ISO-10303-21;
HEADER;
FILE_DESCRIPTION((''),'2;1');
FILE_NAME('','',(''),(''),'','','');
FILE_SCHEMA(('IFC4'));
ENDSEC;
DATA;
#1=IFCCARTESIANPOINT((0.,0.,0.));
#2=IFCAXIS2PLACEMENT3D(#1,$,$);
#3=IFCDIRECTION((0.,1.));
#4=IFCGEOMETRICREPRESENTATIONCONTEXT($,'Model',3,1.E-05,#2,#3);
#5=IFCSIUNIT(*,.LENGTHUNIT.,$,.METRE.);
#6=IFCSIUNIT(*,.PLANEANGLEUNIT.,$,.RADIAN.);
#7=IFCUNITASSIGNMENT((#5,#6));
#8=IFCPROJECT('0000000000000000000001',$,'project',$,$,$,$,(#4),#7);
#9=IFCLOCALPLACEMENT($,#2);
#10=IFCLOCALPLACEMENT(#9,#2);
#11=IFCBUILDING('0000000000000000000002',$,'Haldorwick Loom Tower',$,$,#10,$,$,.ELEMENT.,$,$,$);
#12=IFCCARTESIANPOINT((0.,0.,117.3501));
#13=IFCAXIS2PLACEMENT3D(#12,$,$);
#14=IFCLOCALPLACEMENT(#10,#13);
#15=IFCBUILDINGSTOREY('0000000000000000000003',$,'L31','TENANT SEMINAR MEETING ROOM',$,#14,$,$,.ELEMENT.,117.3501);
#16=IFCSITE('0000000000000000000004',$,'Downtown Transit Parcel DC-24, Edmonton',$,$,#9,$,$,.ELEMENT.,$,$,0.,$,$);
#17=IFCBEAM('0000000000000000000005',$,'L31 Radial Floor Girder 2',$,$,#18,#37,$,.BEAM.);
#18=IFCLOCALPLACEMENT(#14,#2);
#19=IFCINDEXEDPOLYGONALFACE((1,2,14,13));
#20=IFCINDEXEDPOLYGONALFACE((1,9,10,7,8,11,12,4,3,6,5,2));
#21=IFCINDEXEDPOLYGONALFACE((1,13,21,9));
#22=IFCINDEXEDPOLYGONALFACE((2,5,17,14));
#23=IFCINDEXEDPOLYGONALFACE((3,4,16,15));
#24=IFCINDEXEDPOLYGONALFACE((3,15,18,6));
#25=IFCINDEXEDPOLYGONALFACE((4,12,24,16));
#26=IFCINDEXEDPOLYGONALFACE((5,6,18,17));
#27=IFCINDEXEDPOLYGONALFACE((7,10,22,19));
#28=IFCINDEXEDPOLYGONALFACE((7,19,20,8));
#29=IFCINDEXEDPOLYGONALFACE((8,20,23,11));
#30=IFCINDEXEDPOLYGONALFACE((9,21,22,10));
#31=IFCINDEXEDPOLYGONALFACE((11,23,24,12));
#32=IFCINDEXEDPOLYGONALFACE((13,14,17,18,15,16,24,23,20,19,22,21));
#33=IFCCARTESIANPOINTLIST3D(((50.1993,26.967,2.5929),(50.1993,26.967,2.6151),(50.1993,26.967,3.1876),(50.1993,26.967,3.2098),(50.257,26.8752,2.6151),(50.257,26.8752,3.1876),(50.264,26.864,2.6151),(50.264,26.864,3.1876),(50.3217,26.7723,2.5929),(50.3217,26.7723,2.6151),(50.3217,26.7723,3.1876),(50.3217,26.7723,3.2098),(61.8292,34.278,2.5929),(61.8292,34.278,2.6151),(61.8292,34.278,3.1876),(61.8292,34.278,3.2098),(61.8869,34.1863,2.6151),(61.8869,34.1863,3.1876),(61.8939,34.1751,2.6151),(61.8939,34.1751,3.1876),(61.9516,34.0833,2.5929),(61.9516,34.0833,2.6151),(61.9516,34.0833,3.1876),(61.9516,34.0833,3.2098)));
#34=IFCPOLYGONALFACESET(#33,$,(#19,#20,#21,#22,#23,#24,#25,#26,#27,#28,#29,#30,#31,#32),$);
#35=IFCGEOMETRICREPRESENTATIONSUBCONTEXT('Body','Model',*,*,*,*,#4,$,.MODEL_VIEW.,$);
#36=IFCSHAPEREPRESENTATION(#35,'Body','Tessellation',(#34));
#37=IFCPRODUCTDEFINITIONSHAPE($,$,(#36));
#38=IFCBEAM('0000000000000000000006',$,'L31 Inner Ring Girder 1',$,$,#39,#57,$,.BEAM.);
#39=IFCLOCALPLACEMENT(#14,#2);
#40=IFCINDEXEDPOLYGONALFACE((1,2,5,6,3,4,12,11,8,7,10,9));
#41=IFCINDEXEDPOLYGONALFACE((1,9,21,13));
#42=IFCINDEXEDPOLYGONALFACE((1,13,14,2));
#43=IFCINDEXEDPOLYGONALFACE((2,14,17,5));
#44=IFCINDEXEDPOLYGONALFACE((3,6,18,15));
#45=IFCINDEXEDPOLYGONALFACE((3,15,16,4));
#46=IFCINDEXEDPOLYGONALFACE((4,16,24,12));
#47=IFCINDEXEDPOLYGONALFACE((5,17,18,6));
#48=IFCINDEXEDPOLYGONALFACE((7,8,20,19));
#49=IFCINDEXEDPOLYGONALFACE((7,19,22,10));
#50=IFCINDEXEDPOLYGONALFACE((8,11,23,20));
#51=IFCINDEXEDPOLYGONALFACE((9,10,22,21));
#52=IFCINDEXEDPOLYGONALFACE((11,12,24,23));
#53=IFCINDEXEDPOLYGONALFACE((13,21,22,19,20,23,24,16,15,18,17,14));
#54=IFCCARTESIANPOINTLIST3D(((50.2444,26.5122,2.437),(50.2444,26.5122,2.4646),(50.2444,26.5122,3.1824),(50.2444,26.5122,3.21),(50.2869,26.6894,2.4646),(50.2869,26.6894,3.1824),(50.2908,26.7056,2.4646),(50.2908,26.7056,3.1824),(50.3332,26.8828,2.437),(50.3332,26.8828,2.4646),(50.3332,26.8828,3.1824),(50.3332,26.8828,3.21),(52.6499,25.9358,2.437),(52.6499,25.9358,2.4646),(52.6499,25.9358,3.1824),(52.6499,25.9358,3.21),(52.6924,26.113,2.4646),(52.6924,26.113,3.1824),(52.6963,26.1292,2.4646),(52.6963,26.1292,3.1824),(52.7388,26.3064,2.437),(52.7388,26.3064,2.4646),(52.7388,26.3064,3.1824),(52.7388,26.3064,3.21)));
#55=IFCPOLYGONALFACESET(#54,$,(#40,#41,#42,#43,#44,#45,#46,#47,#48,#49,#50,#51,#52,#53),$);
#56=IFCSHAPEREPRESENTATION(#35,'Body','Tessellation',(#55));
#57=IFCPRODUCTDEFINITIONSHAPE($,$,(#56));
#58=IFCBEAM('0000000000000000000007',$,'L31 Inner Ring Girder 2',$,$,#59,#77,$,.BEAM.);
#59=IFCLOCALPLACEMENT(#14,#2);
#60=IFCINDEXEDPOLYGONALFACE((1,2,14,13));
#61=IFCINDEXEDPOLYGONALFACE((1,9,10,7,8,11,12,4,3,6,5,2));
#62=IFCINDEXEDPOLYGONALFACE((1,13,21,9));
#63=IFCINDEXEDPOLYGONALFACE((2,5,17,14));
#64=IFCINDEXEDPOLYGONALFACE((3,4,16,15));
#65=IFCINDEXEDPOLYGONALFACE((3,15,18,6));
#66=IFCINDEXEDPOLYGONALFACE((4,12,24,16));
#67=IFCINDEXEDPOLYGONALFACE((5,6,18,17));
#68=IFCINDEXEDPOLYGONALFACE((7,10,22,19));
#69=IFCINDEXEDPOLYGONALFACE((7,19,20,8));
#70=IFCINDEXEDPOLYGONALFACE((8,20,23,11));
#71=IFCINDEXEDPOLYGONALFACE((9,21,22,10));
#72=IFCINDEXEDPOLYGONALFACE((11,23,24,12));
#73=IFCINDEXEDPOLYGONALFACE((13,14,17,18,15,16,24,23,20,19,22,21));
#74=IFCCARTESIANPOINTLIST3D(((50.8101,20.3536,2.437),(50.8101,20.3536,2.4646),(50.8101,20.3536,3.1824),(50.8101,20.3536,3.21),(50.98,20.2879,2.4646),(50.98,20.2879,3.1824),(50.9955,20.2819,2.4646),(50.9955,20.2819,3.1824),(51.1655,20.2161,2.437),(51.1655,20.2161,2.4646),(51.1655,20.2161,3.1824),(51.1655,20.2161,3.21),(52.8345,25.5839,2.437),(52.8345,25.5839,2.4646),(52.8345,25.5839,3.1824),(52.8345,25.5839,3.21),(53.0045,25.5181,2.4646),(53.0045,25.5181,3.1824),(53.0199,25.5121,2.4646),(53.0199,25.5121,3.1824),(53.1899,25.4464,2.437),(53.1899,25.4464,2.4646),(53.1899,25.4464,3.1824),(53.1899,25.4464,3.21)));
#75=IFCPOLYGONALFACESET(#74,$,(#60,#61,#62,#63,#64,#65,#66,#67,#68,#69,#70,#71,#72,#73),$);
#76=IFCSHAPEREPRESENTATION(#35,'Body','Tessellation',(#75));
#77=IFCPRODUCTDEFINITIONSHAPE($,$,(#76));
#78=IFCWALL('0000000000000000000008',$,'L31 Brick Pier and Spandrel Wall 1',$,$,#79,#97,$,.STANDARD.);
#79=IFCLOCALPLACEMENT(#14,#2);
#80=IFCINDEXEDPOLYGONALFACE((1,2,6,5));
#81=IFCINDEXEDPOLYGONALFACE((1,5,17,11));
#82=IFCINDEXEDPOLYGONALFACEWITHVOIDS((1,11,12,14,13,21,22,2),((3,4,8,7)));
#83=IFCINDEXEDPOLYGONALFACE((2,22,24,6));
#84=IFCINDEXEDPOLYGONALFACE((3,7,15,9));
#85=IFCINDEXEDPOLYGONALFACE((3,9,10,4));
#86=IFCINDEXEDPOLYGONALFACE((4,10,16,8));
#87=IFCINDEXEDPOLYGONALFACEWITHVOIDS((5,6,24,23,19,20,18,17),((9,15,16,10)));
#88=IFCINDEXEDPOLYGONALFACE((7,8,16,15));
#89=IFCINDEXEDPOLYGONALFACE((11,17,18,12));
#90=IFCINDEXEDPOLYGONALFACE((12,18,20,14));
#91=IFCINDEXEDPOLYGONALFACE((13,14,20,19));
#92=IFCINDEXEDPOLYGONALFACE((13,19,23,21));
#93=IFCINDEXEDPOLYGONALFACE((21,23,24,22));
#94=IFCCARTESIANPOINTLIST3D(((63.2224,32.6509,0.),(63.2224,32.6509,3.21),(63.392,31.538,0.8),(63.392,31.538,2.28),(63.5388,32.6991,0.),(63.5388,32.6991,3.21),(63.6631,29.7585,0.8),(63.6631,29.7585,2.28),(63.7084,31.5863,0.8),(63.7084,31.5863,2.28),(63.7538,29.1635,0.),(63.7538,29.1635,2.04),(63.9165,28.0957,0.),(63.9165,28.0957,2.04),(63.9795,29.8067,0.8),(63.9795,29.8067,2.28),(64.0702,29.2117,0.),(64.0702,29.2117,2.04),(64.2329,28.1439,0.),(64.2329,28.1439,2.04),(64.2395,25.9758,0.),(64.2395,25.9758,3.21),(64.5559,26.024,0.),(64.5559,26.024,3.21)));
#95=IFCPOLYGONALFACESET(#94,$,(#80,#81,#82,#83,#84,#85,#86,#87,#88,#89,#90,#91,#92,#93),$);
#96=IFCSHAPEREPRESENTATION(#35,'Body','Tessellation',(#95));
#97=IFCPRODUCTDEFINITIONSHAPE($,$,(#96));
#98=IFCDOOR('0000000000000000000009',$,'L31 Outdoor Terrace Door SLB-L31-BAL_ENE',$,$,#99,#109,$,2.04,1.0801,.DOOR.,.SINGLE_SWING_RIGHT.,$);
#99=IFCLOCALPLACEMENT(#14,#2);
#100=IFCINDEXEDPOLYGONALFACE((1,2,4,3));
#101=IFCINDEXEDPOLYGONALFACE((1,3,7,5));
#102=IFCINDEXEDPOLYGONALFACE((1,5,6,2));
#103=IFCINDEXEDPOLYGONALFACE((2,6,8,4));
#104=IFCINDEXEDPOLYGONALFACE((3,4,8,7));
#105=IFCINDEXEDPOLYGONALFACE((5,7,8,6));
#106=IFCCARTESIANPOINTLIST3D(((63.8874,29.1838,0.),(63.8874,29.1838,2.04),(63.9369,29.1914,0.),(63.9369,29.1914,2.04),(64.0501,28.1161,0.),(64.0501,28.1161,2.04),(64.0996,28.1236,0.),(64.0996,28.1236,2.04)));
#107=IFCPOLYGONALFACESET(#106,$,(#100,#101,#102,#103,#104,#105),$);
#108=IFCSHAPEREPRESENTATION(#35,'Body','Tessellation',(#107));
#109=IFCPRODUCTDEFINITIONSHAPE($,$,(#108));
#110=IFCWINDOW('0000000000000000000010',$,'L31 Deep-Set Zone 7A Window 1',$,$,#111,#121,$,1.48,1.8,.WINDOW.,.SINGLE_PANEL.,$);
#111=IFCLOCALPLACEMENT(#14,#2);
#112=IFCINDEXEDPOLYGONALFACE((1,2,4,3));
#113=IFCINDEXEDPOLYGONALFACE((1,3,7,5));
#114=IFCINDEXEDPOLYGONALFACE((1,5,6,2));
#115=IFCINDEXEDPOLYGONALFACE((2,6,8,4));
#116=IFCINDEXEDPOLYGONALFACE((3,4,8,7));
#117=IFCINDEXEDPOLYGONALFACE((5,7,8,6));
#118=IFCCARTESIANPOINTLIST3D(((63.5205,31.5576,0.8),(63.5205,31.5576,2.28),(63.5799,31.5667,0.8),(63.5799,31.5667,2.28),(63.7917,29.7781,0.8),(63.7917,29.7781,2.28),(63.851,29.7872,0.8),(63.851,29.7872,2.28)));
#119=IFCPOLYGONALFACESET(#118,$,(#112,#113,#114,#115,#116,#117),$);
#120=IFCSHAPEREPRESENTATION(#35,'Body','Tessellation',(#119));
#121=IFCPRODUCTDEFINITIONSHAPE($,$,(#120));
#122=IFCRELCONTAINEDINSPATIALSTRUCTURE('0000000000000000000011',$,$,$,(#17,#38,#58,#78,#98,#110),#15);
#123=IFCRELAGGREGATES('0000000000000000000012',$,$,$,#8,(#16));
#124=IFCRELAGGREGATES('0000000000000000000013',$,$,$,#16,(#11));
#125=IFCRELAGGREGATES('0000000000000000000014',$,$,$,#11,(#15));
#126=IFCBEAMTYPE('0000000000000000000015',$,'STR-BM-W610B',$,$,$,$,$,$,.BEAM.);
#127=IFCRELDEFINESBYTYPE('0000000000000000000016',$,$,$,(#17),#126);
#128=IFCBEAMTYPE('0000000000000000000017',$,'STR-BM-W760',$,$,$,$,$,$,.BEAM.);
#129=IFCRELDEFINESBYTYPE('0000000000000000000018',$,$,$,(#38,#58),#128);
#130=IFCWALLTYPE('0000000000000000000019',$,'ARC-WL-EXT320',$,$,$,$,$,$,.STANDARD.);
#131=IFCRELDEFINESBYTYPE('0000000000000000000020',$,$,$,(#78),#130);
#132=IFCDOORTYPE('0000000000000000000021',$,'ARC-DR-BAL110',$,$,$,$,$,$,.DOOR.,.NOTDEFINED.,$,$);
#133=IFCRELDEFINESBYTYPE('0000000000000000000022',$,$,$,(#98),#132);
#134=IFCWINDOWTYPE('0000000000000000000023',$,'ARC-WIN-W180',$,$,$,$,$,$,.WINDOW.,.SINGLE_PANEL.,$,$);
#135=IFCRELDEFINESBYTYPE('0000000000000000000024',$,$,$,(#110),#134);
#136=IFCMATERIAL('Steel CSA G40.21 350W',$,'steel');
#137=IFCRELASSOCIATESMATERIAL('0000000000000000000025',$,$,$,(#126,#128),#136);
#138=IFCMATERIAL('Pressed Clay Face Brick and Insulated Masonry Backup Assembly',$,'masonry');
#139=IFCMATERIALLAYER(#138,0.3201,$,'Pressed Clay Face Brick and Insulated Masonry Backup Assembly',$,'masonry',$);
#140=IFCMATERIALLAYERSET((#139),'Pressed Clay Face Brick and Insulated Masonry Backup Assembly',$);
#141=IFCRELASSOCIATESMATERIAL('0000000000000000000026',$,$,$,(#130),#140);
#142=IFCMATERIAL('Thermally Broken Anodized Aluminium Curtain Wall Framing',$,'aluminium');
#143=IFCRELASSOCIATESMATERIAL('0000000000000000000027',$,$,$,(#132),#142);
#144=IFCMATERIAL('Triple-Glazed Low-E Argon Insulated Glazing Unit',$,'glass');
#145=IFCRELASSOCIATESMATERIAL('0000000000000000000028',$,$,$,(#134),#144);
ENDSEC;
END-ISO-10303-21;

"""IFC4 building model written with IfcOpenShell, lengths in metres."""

from ifc_helpers import new_model, si_unit, direction, frame, frame_2d, origin, origin_2d, place, context, subcontext, project, spatial, rectangle, i_section, extrude, material, layer, layer_set, material_profile, profile_set, type_object, element, fill, save


model = new_model("IFC4")

# Units and contexts
model_context = context("Model", 3, precision=1e-05, world=origin(), true_north=direction((0.0, 1.0)))
body_context = subcontext(model_context, "Body", "Model", "MODEL_VIEW")
ifc_project = project(units=[si_unit("LENGTHUNIT", "METRE"), si_unit("PLANEANGLEUNIT", "RADIAN")], contexts=[model_context])

# Site, building, storey
site_placement = place(None, origin())
site = spatial("IfcSite", under=ifc_project, at=site_placement, Name="Downtown Transit Parcel DC-24, Edmonton", CompositionType="ELEMENT", RefElevation=0.0)
building_placement = place(site_placement, origin())
building = spatial("IfcBuilding", under=site, at=building_placement, Name="Haldorwick Loom Tower", CompositionType="ELEMENT")
storey_placement = place(building_placement, frame((0.0, 0.0, 117.3501)))
storey = spatial("IfcBuildingStorey", under=building, at=storey_placement, Name="L31", Description="TENANT SEMINAR MEETING ROOM", CompositionType="ELEMENT", Elevation=117.3501)

# Beams
ifc_material_1 = material(Name="Steel CSA G40.21 350W", Category="steel")
ifc_material_profile_1 = material_profile(ifc_material_1, i_section(OverallWidth=0.23, OverallDepth=0.6169, WebThickness=0.0132, FlangeThickness=0.0222, at=origin_2d()), Name="W610X140", Category="steel")
ifc_profile_set_1 = profile_set([ifc_material_profile_1], Name="Steel CSA G40.21 350W")
beam_type_1 = type_object("IfcBeamType", Name="STR-BM-W610B", PredefinedType="BEAM", material=ifc_profile_set_1)
beam_1_placement = place(storey_placement, frame((50.2605, 26.8696, 2.9014), z_axis=(0.84661, 0.532214, 0.0), x_axis=(-0.532214, 0.84661, 0.0)))
element("IfcBeam", 1, at=beam_1_placement, inside=storey, type_object=beam_type_1, Name="L31 Radial Floor Girder 2", PredefinedType="BEAM", context=body_context, shape_type="SweptSolid", body=[
    extrude(i_section(OverallWidth=0.23, OverallDepth=0.6169, WebThickness=0.0132, FlangeThickness=0.0222, at=origin_2d()), origin(), (0.0, 0.0, 1.0), 13.7371),
])
ifc_material_profile_2 = material_profile(ifc_material_1, i_section(OverallWidth=0.3811, OverallDepth=0.7729, WebThickness=0.0166, FlangeThickness=0.0276, at=origin_2d()), Name="W760X257", Category="steel")
ifc_profile_set_2 = profile_set([ifc_material_profile_2], Name="Steel CSA G40.21 350W")
beam_type_2 = type_object("IfcBeamType", Name="STR-BM-W760", PredefinedType="BEAM", material=ifc_profile_set_2)
beam_2_placement = place(storey_placement, frame((50.2888, 26.6975, 2.8235), z_axis=(0.972471, -0.233026, 0.0), x_axis=(0.233026, 0.972471, 0.0)))
element("IfcBeam", 2, at=beam_2_placement, inside=storey, type_object=beam_type_2, Name="L31 Inner Ring Girder 1", PredefinedType="BEAM", context=body_context, shape_type="SweptSolid", body=[
    extrude(i_section(OverallWidth=0.3811, OverallDepth=0.7729, WebThickness=0.0166, FlangeThickness=0.0276, at=origin_2d()), origin(), (0.0, 0.0, 1.0), 2.4736),
])
beam_3_placement = place(storey_placement, frame((53.0122, 25.5151, 2.8235), z_axis=(-0.360965, -0.932579, 0.0), x_axis=(0.932579, -0.360965, 0.0)))
element("IfcBeam", 3, at=beam_3_placement, inside=storey, type_object=beam_type_2, Name="L31 Inner Ring Girder 2", PredefinedType="BEAM", context=body_context, shape_type="SweptSolid", body=[
    extrude(i_section(OverallWidth=0.3811, OverallDepth=0.7729, WebThickness=0.0166, FlangeThickness=0.0276, at=origin_2d()), origin(), (0.0, 0.0, 1.0), 5.6084),
])

# Wall, openings, door, window
ifc_material_2 = material(Name="Pressed Clay Face Brick and Insulated Masonry Backup Assembly", Category="masonry")
ifc_layer_1 = layer(ifc_material_2, 0.3201, Name="Pressed Clay Face Brick and Insulated Masonry Backup Assembly", Category="masonry")
ifc_layer_set_1 = layer_set([ifc_layer_1], Name="Pressed Clay Face Brick and Insulated Masonry Backup Assembly")
wall_type_1 = type_object("IfcWallType", Name="ARC-WL-EXT320", PredefinedType="STANDARD", material=ifc_layer_set_1)
wall_1_placement = place(storey_placement, frame((64.3977, 26.0, 0.0), z_axis=(0.0, 0.0, 1.0), x_axis=(-0.150633, 0.98859, 0.0)))
wall_1 = element("IfcWall", 4, at=wall_1_placement, inside=storey, type_object=wall_type_1, Name="L31 Brick Pier and Spandrel Wall 1", PredefinedType="STANDARD", context=body_context, shape_type="SweptSolid", body=[
    extrude(rectangle(XDim=6.7522, YDim=0.3201, at=frame_2d((3.376, 0.0))), origin(), (0.0, 0.0, 1.0), 3.21),
])
opening_1_placement = place(wall_1_placement, frame((2.1443, 0.0, 0.0)))
opening_1 = element("IfcOpeningElement", 5, at=opening_1_placement, cuts=wall_1, PredefinedType="OPENING", context=body_context, shape_type="SweptSolid", body=[
    extrude(rectangle(XDim=1.0801, YDim=2.04, at=frame_2d((0.54, 1.02))), frame((0.0, 0.1699, 0.0), z_axis=(0.0, -1.0, 0.0), x_axis=(1.0, 0.0, 0.0)), (0.0, 0.0, 1.0), 0.3401),
])
opening_2_placement = place(wall_1_placement, frame((3.8264, 0.0, 0.8)))
opening_2 = element("IfcOpeningElement", 6, at=opening_2_placement, cuts=wall_1, PredefinedType="OPENING", context=body_context, shape_type="SweptSolid", body=[
    extrude(rectangle(XDim=1.8, YDim=1.48, at=frame_2d((0.8999, 0.74))), frame((0.0, 0.1699, 0.0), z_axis=(0.0, -1.0, 0.0), x_axis=(1.0, 0.0, 0.0)), (0.0, 0.0, 1.0), 0.3401),
])
ifc_material_3 = material(Name="Thermally Broken Anodized Aluminium Curtain Wall Framing", Category="aluminium")
door_type_1 = type_object("IfcDoorType", Name="ARC-DR-BAL110", OperationType="NOTDEFINED", PredefinedType="DOOR", material=ifc_material_3)
door_1_placement = place(opening_1_placement, origin())
door_1 = element("IfcDoor", 7, at=door_1_placement, inside=storey, type_object=door_type_1, Name="L31 Outdoor Terrace Door SLB-L31-BAL_ENE", OperationType="SINGLE_SWING_RIGHT", OverallHeight=2.04, OverallWidth=1.0801, PredefinedType="DOOR", context=body_context, shape_type="SweptSolid", body=[
    extrude(rectangle(XDim=1.0801, YDim=2.04, at=frame_2d((0.54, 1.02))), frame((0.0, 0.0249, 0.0), z_axis=(0.0, -1.0, 0.0), x_axis=(1.0, 0.0, 0.0)), (0.0, 0.0, 1.0), 0.05),
])
fill(opening_1, door_1)
ifc_material_4 = material(Name="Triple-Glazed Low-E Argon Insulated Glazing Unit", Category="glass")
window_type = type_object("IfcWindowType", Name="ARC-WIN-W180", PartitioningType="SINGLE_PANEL", PredefinedType="WINDOW", material=ifc_material_4)
window_placement = place(opening_2_placement, origin())
window = element("IfcWindow", 8, at=window_placement, inside=storey, type_object=window_type, Name="L31 Deep-Set Zone 7A Window 1", OverallHeight=1.48, OverallWidth=1.8, PartitioningType="SINGLE_PANEL", PredefinedType="WINDOW", context=body_context, shape_type="SweptSolid", body=[
    extrude(rectangle(XDim=1.8, YDim=1.48, at=frame_2d((0.8999, 0.74))), frame((0.0, 0.03, 0.0), z_axis=(0.0, -1.0, 0.0), x_axis=(1.0, 0.0, 0.0)), (0.0, 0.0, 1.0), 0.0601),
])
fill(opening_2, window)

save(model, "model.ifc")
